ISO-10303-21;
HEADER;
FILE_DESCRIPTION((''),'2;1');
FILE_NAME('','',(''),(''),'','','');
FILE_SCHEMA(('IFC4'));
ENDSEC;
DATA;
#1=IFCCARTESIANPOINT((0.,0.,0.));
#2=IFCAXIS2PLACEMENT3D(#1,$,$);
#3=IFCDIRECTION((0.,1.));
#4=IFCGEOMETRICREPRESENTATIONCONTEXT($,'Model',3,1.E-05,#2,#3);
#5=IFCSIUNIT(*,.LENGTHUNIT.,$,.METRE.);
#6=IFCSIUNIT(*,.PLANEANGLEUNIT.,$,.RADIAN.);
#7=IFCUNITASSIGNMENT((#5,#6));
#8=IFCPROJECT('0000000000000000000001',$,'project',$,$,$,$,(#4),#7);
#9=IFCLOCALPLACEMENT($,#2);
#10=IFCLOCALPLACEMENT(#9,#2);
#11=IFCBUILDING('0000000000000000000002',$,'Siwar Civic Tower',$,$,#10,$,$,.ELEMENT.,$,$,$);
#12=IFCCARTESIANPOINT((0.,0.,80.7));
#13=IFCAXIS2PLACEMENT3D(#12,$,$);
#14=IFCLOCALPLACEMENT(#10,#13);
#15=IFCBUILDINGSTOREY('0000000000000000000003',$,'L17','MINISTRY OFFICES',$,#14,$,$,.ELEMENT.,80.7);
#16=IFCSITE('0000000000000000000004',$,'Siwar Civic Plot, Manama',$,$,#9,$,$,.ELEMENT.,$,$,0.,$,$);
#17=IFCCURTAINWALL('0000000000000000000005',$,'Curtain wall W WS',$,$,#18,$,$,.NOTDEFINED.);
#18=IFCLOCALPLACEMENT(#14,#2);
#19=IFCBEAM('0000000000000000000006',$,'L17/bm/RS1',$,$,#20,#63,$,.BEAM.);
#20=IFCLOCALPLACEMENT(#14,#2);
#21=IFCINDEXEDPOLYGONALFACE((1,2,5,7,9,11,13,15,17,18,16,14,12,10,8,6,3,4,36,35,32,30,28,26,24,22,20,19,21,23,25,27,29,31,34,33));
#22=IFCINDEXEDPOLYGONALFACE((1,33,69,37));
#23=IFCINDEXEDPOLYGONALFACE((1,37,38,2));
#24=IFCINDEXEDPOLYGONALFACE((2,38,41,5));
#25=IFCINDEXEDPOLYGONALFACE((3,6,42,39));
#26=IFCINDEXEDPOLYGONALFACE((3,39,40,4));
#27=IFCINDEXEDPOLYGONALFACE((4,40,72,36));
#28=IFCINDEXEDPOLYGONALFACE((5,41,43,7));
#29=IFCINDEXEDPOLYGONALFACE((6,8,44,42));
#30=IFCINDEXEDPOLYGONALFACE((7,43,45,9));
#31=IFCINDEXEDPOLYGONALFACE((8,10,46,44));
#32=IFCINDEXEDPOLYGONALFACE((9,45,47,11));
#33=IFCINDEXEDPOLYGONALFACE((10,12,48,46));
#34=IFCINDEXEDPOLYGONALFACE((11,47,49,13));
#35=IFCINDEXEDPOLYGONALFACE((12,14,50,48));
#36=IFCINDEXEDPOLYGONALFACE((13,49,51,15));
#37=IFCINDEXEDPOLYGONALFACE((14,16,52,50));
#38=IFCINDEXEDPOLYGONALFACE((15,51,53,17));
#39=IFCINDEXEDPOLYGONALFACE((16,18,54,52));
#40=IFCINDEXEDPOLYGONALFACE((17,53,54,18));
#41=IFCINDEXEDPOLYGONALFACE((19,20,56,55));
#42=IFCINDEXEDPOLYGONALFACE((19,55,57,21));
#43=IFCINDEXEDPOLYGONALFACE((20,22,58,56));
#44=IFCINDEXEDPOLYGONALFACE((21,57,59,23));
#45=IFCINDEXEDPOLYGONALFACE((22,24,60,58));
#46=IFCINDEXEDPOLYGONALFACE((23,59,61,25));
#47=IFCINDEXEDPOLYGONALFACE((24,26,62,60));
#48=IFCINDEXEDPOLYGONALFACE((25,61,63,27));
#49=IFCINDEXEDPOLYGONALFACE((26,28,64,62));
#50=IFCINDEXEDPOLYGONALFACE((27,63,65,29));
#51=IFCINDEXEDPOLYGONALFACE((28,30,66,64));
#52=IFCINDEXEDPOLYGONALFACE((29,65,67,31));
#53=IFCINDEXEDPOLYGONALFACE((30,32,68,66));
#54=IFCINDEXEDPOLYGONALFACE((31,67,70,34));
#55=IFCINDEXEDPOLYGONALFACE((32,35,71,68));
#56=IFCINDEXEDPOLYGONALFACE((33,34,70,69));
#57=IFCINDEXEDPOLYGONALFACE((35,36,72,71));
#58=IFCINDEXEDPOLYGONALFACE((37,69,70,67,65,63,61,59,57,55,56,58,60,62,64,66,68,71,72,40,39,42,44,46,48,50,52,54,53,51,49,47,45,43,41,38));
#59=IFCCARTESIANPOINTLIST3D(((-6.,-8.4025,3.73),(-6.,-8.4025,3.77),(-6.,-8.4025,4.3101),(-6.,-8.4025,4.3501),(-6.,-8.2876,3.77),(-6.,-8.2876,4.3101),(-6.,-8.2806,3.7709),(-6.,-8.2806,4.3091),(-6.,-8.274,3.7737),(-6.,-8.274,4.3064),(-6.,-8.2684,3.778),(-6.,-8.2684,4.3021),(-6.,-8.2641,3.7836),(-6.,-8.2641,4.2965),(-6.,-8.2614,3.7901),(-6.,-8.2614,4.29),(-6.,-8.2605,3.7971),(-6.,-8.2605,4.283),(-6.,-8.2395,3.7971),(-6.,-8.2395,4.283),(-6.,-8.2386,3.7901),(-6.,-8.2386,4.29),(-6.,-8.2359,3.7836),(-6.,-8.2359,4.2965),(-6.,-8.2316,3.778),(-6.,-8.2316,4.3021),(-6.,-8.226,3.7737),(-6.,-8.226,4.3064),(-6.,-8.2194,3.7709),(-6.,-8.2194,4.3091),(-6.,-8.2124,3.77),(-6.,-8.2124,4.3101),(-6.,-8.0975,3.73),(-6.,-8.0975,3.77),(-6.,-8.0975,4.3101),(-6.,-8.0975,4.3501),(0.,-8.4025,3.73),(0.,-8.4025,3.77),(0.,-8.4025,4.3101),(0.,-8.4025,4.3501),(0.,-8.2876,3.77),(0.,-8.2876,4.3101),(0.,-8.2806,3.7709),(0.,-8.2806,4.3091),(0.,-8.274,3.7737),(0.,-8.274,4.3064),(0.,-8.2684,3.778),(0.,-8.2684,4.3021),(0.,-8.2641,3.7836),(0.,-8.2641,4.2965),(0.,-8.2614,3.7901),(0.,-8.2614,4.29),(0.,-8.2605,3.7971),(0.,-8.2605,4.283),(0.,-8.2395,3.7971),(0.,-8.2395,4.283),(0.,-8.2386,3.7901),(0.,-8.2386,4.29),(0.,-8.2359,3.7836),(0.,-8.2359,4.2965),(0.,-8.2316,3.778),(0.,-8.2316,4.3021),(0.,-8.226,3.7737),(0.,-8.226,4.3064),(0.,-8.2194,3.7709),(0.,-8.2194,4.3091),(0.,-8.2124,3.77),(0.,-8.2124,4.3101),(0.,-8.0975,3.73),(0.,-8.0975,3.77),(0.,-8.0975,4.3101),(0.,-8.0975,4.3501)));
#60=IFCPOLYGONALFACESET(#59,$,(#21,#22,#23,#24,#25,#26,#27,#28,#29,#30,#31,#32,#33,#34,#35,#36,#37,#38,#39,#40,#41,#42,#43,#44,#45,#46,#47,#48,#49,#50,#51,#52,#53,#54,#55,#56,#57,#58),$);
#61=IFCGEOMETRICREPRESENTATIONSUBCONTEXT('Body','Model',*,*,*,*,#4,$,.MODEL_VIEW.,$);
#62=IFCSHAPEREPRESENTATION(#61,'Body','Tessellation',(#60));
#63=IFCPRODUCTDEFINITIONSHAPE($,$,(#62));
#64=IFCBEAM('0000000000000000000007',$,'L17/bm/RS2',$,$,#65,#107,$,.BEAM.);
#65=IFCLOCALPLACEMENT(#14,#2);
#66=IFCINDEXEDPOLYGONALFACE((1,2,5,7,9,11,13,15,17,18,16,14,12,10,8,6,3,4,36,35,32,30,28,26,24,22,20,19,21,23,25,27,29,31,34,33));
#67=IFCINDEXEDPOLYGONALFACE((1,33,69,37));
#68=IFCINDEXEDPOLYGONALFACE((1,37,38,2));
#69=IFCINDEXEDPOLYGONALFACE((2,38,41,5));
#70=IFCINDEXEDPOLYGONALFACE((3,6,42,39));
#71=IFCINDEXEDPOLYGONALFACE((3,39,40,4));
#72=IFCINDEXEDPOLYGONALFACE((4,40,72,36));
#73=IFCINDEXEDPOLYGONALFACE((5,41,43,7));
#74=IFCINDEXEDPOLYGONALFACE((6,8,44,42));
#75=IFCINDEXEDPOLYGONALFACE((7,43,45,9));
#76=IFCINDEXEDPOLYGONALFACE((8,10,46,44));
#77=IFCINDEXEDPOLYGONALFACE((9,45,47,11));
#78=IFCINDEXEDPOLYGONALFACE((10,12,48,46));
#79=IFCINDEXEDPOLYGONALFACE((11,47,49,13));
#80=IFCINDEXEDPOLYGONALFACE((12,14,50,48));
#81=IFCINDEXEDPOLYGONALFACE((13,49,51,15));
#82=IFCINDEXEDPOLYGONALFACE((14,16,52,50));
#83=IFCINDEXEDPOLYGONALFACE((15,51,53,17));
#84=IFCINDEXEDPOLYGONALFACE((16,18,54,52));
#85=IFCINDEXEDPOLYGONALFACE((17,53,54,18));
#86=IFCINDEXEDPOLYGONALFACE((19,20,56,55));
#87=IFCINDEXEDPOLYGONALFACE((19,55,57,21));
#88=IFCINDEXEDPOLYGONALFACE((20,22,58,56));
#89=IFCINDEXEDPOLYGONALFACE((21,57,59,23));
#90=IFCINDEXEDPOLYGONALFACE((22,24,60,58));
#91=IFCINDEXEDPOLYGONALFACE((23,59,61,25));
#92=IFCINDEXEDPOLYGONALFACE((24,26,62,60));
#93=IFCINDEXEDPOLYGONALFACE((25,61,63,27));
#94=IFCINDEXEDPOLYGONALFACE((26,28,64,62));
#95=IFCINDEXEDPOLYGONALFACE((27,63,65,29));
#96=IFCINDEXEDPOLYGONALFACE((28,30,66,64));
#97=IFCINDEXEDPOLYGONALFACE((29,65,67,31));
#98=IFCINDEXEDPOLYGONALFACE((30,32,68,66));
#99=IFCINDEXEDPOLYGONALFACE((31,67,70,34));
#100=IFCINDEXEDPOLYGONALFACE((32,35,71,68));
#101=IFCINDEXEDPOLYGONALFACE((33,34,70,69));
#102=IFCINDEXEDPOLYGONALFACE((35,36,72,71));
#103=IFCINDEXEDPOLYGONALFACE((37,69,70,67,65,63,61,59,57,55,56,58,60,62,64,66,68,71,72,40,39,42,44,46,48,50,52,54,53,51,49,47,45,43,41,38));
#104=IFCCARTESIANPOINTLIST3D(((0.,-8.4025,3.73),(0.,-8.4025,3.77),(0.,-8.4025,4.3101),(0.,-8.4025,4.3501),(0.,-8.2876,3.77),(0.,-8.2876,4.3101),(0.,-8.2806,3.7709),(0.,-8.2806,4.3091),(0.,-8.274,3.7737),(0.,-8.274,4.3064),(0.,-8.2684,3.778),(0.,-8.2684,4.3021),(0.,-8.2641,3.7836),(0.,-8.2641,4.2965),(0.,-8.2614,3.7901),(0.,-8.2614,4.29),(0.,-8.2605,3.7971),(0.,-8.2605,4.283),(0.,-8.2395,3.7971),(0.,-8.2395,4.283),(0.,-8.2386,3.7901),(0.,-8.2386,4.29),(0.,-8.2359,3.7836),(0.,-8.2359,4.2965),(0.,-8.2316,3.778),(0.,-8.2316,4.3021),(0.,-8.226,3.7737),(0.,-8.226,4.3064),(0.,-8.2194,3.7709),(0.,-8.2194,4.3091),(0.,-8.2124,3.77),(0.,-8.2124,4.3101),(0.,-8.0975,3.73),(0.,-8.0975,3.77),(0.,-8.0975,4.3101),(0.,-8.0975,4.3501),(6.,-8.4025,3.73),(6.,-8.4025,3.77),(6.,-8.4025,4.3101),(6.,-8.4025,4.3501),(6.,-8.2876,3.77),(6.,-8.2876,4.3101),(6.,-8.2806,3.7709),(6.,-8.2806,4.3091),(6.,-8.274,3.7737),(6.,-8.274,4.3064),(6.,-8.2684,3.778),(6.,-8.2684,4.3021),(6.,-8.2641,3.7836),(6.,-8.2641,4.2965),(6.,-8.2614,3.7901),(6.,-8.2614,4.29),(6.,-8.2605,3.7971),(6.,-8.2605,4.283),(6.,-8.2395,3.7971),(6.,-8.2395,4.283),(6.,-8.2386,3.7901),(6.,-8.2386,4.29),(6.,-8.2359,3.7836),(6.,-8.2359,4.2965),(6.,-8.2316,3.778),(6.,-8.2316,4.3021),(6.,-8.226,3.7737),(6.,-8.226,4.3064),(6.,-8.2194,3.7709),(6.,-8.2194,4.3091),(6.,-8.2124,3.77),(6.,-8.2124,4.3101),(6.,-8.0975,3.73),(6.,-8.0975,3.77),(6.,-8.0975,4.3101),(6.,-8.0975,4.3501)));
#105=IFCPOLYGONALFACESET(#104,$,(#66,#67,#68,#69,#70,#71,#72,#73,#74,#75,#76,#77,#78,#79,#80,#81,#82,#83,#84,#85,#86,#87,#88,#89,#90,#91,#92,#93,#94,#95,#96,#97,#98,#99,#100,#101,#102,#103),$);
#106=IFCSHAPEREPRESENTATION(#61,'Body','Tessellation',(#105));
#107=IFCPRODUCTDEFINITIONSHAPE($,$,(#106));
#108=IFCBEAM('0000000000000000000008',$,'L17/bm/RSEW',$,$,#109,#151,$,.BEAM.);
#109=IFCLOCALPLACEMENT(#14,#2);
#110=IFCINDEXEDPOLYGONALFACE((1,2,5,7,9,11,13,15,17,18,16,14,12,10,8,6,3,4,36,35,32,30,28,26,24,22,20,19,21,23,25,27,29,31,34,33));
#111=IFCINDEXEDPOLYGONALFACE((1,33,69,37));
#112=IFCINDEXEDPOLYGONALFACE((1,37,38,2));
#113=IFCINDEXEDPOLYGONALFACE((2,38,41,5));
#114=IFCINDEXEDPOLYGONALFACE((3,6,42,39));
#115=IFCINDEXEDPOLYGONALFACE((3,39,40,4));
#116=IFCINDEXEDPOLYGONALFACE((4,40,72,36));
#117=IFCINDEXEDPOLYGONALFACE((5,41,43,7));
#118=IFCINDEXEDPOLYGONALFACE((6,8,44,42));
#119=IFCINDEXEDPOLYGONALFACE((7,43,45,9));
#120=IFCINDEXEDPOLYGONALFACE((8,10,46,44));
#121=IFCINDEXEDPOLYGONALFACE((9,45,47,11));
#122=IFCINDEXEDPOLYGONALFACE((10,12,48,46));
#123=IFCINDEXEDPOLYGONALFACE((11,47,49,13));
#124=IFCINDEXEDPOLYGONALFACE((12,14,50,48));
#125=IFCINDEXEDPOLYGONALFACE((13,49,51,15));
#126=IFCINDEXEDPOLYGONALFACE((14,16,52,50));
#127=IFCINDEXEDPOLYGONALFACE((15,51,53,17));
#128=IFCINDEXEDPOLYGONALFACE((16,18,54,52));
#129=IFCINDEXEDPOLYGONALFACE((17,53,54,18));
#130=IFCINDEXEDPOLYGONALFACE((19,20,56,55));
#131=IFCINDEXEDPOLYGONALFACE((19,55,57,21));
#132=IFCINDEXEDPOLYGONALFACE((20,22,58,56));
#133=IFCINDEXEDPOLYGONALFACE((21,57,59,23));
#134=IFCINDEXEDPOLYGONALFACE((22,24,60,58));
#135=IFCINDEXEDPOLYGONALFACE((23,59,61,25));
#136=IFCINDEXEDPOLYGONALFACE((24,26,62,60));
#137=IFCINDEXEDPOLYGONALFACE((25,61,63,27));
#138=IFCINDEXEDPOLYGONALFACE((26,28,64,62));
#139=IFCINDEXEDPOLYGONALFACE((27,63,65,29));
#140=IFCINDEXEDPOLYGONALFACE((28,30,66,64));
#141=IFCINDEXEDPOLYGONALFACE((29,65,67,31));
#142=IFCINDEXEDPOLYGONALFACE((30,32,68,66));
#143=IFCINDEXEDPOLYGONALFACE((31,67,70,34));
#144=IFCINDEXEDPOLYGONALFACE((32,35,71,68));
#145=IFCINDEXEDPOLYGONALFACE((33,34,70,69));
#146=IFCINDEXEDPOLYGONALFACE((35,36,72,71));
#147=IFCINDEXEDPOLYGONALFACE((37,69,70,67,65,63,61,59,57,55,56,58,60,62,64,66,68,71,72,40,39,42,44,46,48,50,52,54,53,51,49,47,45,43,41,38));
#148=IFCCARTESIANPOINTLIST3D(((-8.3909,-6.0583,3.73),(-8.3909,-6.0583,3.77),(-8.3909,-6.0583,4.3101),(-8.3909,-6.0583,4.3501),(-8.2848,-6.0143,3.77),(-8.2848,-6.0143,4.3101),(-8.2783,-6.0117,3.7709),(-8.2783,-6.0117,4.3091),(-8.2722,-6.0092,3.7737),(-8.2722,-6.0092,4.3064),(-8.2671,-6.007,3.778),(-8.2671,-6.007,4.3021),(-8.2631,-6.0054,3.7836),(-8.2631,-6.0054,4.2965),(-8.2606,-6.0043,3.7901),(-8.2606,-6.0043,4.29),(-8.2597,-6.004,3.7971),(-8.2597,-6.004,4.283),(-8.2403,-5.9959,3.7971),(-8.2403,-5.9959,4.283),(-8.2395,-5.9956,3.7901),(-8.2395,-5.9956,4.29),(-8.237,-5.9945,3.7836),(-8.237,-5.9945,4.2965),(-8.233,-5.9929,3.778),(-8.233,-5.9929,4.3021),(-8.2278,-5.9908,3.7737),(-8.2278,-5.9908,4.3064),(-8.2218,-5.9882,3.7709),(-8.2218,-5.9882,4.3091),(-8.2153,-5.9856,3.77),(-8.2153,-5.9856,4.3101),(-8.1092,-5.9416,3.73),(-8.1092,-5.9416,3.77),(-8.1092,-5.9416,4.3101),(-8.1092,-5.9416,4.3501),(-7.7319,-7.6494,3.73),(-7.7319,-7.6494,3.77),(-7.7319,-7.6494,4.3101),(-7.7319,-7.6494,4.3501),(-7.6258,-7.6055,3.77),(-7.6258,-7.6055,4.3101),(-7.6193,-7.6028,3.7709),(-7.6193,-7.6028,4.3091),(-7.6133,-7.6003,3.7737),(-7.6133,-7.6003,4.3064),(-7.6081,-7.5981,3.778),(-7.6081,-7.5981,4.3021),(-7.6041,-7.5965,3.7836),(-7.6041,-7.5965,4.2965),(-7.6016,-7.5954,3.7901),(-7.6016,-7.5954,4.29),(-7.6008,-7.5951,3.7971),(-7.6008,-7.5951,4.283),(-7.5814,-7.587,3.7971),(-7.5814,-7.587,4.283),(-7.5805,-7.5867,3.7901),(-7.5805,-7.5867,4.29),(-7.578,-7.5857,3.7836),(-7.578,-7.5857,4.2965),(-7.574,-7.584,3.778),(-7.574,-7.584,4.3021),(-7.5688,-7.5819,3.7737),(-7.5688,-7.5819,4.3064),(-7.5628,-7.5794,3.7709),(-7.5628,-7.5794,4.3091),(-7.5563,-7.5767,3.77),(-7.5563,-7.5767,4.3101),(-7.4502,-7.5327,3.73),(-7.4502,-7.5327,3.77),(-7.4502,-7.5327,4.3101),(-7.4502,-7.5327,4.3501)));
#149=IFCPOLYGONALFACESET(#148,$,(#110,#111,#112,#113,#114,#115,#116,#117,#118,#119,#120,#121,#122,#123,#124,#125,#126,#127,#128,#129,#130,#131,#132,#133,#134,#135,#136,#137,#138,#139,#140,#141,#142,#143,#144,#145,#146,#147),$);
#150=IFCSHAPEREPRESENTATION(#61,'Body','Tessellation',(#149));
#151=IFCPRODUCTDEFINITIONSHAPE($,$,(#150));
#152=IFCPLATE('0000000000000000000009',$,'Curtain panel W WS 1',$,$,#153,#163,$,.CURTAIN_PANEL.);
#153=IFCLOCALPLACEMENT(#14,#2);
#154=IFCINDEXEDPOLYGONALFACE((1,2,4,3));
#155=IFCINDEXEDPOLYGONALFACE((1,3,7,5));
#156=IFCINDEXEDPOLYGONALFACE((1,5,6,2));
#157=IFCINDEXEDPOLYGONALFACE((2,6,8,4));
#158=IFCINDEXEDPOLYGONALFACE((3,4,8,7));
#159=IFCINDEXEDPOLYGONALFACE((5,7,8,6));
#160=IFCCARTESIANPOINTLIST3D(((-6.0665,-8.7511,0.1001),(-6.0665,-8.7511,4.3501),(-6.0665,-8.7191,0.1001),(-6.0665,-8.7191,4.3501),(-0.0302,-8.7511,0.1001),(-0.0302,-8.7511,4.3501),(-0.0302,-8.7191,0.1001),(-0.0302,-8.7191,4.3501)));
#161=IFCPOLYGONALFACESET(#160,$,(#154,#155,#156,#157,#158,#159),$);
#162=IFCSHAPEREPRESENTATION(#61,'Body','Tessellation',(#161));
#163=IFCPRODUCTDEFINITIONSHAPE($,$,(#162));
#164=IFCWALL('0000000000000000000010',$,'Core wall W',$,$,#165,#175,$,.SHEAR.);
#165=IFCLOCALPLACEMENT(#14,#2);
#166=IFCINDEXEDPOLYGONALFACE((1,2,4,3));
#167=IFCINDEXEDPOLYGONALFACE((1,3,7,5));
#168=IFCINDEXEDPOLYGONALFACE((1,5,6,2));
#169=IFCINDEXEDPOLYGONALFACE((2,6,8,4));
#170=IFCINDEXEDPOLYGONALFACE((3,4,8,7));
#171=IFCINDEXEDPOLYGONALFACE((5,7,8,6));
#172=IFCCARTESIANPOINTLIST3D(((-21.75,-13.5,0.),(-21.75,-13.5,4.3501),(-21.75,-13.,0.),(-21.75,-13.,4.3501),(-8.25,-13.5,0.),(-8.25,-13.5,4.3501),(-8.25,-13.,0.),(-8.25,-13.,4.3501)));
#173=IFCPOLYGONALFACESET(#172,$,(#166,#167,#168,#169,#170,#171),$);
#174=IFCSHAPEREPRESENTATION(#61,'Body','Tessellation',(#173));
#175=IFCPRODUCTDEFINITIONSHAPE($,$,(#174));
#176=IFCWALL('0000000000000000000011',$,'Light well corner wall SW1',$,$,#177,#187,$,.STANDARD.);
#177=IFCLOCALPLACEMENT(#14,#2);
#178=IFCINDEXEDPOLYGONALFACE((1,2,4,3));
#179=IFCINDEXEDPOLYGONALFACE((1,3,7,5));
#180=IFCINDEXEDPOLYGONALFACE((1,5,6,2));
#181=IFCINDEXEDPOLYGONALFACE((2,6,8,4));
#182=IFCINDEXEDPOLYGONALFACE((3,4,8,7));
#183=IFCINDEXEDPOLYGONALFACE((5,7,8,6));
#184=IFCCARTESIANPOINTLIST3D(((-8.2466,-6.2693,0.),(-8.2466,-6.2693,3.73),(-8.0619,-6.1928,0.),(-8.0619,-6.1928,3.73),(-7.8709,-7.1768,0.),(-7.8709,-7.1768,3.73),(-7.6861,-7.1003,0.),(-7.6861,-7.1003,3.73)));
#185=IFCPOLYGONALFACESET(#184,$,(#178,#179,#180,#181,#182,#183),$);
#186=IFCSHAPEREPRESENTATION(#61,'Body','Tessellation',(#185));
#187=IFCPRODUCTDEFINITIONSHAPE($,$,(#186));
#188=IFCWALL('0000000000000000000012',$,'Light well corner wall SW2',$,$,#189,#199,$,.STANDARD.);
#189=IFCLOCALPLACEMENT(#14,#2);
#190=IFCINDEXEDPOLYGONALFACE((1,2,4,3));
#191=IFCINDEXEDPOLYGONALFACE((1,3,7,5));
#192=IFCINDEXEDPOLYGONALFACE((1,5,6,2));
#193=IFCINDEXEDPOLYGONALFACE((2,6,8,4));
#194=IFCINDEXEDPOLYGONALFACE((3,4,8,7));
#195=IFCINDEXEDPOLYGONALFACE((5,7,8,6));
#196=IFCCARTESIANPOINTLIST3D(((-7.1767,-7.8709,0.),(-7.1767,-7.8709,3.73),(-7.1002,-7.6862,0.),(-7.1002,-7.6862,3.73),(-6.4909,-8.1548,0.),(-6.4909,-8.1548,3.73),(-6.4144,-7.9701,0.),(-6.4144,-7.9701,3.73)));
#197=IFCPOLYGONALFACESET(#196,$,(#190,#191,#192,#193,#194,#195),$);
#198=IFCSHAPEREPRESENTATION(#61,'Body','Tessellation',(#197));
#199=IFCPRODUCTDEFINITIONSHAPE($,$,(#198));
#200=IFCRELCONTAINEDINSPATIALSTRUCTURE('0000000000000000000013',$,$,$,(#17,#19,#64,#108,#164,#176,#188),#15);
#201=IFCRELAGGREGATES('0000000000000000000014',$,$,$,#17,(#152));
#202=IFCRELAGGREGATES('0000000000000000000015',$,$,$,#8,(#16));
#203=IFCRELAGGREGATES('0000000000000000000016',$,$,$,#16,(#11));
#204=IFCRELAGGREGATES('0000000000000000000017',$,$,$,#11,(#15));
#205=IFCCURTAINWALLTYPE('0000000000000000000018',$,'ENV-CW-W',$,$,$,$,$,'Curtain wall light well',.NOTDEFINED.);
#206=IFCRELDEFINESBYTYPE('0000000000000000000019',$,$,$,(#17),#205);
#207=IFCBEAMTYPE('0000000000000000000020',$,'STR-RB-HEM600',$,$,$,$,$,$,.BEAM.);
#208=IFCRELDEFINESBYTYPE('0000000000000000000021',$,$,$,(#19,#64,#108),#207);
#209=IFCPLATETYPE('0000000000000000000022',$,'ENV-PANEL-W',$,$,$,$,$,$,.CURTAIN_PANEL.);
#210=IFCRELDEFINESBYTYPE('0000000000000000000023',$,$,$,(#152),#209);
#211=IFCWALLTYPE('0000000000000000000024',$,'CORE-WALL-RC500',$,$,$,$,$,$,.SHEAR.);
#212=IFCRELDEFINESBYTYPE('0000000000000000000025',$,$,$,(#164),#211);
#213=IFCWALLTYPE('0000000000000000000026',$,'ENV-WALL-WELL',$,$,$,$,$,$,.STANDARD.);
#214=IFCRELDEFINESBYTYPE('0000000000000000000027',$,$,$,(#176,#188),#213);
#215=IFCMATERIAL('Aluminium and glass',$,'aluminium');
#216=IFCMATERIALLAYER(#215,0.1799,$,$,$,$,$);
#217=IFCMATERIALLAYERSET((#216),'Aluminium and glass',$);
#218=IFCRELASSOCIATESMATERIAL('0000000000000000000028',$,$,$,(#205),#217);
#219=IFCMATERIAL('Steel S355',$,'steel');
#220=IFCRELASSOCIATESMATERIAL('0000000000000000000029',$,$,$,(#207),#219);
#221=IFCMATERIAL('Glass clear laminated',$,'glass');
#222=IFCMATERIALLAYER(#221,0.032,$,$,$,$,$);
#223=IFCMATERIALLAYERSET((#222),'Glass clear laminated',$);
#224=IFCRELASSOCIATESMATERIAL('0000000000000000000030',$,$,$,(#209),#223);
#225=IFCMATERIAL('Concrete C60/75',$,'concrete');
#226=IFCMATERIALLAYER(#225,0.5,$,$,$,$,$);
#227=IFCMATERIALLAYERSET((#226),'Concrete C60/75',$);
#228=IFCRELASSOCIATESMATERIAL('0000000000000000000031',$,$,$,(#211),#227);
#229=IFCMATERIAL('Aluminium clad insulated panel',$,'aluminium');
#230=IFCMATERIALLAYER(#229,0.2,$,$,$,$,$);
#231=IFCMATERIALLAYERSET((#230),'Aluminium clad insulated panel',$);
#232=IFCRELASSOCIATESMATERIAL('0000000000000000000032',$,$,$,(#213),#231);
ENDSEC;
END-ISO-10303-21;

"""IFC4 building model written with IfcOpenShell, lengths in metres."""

from ifc_helpers import new_model, si_unit, direction, frame, frame_2d, origin, origin_2d, place, context, subcontext, project, spatial, rectangle, i_section, extrude, material, layer, layer_set, material_profile, profile_set, type_object, element, aggregate, save


model = new_model("IFC4")

# Units and contexts
model_context = context("Model", 3, precision=1e-05, world=origin(), true_north=direction((0.0, 1.0)))
body_context = subcontext(model_context, "Body", "Model", "MODEL_VIEW")
ifc_project = project(units=[si_unit("LENGTHUNIT", "METRE"), si_unit("PLANEANGLEUNIT", "RADIAN")], contexts=[model_context])

# Site, building, storey
site_placement = place(None, origin())
site = spatial("IfcSite", under=ifc_project, at=site_placement, Name="Siwar Civic Plot, Manama", CompositionType="ELEMENT", RefElevation=0.0)
building_placement = place(site_placement, origin())
building = spatial("IfcBuilding", under=site, at=building_placement, Name="Siwar Civic Tower", CompositionType="ELEMENT")
storey_placement = place(building_placement, frame((0.0, 0.0, 80.7)))
storey = spatial("IfcBuildingStorey", under=building, at=storey_placement, Name="L17", Description="MINISTRY OFFICES", CompositionType="ELEMENT", Elevation=80.7)

# Curtain wall
ifc_material_1 = material(Name="Aluminium and glass", Category="aluminium")
ifc_layer_1 = layer(ifc_material_1, 0.1799)
ifc_layer_set_1 = layer_set([ifc_layer_1], Name="Aluminium and glass")
curtain_wall_type = type_object("IfcCurtainWallType", Name="ENV-CW-W", ElementType="Curtain wall light well", PredefinedType="NOTDEFINED", material=ifc_layer_set_1)
curtain_wall_placement = place(storey_placement, origin())
curtain_wall = element("IfcCurtainWall", 1, at=curtain_wall_placement, inside=storey, type_object=curtain_wall_type, Name="Curtain wall W WS", PredefinedType="NOTDEFINED")

# Beams
ifc_material_2 = material(Name="Steel S355", Category="steel")
ifc_material_profile_1 = material_profile(ifc_material_2, i_section(OverallWidth=0.3049, OverallDepth=0.6201, WebThickness=0.021, FlangeThickness=0.04, FilletRadius=0.0271, at=origin_2d()), Name="HEM600")
ifc_profile_set_1 = profile_set([ifc_material_profile_1], Name="Steel S355")
beam_type_1 = type_object("IfcBeamType", Name="STR-RB-HEM600", PredefinedType="BEAM", material=ifc_profile_set_1)
for number, where, z_axis, x_axis, name in (
    (2, (-6.0, -8.25, 4.04), (1.0, 0.0, 0.0), (0.0, 1.0, 0.0), "L17/bm/RS1"),
    (3, (0.0, -8.25, 4.04), (1.0, 0.0, 0.0), (0.0, 1.0, 0.0), "L17/bm/RS2"),
):
    element("IfcBeam", number, at=place(storey_placement, frame(where, z_axis=z_axis, x_axis=x_axis)), inside=storey, type_object=beam_type_1, Name=name, PredefinedType="BEAM", context=body_context, shape_type="SweptSolid", body=[
        extrude(i_section(OverallWidth=0.3049, OverallDepth=0.6201, WebThickness=0.021, FlangeThickness=0.04, FilletRadius=0.0271, at=origin_2d()), origin(), (0.0, 0.0, 1.0), 6.0),
    ])
beam_1_placement = place(storey_placement, frame((-7.5911, -7.5911, 4.04), z_axis=(-0.382631, 0.923901, 0.0), x_axis=(-0.923901, -0.382631, 0.0)))
element("IfcBeam", 4, at=beam_1_placement, inside=storey, type_object=beam_type_1, Name="L17/bm/RSEW", PredefinedType="BEAM", context=body_context, shape_type="SweptSolid", body=[
    extrude(i_section(OverallWidth=0.3049, OverallDepth=0.6201, WebThickness=0.021, FlangeThickness=0.04, FilletRadius=0.0271, at=origin_2d()), origin(), (0.0, 0.0, 1.0), 1.7222),
])

# Plate
ifc_material_3 = material(Name="Glass clear laminated", Category="glass")
ifc_layer_2 = layer(ifc_material_3, 0.032)
ifc_layer_set_2 = layer_set([ifc_layer_2], Name="Glass clear laminated")
plate_type = type_object("IfcPlateType", Name="ENV-PANEL-W", PredefinedType="CURTAIN_PANEL", material=ifc_layer_set_2)
plate_placement = place(storey_placement, frame((-3.0483, -8.7351, 0.1001), z_axis=(0.0, 0.0, 1.0), x_axis=(1.0, 0.0, 0.0)))
plate = element("IfcPlate", 5, at=plate_placement, type_object=plate_type, Name="Curtain panel W WS 1", PredefinedType="CURTAIN_PANEL", context=body_context, shape_type="SweptSolid", body=[
    extrude(rectangle(XDim=6.0364, YDim=0.032, at=origin_2d()), origin(), (0.0, 0.0, 1.0), 4.25),
])
aggregate(curtain_wall, [plate])

# Walls
ifc_material_4 = material(Name="Concrete C60/75", Category="concrete")
ifc_layer_3 = layer(ifc_material_4, 0.5)
ifc_layer_set_3 = layer_set([ifc_layer_3], Name="Concrete C60/75")
wall_type_1 = type_object("IfcWallType", Name="CORE-WALL-RC500", PredefinedType="SHEAR", material=ifc_layer_set_3)
wall_1_placement = place(storey_placement, frame((-8.25, -13.25, 0.0), z_axis=(0.0, 0.0, 1.0), x_axis=(-1.0, 0.0, 0.0)))
element("IfcWall", 6, at=wall_1_placement, inside=storey, type_object=wall_type_1, Name="Core wall W", PredefinedType="SHEAR", context=body_context, shape_type="SweptSolid", body=[
    extrude(rectangle(XDim=13.5, YDim=0.5, at=frame_2d((6.75, 0.0))), origin(), (0.0, 0.0, 1.0), 4.3501),
])
ifc_material_5 = material(Name="Aluminium clad insulated panel", Category="aluminium")
ifc_layer_4 = layer(ifc_material_5, 0.2)
ifc_layer_set_4 = layer_set([ifc_layer_4], Name="Aluminium clad insulated panel")
wall_type_2 = type_object("IfcWallType", Name="ENV-WALL-WELL", PredefinedType="STANDARD", material=ifc_layer_set_4)
wall_2_placement = place(storey_placement, frame((-8.1543, -6.231, 0.0), z_axis=(0.0, 0.0, 1.0), x_axis=(0.382549, -0.923935, 0.0)))
element("IfcWall", 7, at=wall_2_placement, inside=storey, type_object=wall_type_2, Name="Light well corner wall SW1", PredefinedType="STANDARD", context=body_context, shape_type="SweptSolid", body=[
    extrude(rectangle(XDim=0.9822, YDim=0.2, at=frame_2d((0.4912, 0.0))), origin(), (0.0, 0.0, 1.0), 3.73),
])
wall_3_placement = place(storey_placement, frame((-7.1384, -7.7786, 0.0), z_axis=(0.0, 0.0, 1.0), x_axis=(0.923941, -0.382536, 0.0)))
element("IfcWall", 8, at=wall_3_placement, inside=storey, type_object=wall_type_2, Name="Light well corner wall SW2", PredefinedType="STANDARD", context=body_context, shape_type="SweptSolid", body=[
    extrude(rectangle(XDim=0.7422, YDim=0.2, at=frame_2d((0.3711, 0.0))), origin(), (0.0, 0.0, 1.0), 3.73),
])

save(model, "model.ifc")
